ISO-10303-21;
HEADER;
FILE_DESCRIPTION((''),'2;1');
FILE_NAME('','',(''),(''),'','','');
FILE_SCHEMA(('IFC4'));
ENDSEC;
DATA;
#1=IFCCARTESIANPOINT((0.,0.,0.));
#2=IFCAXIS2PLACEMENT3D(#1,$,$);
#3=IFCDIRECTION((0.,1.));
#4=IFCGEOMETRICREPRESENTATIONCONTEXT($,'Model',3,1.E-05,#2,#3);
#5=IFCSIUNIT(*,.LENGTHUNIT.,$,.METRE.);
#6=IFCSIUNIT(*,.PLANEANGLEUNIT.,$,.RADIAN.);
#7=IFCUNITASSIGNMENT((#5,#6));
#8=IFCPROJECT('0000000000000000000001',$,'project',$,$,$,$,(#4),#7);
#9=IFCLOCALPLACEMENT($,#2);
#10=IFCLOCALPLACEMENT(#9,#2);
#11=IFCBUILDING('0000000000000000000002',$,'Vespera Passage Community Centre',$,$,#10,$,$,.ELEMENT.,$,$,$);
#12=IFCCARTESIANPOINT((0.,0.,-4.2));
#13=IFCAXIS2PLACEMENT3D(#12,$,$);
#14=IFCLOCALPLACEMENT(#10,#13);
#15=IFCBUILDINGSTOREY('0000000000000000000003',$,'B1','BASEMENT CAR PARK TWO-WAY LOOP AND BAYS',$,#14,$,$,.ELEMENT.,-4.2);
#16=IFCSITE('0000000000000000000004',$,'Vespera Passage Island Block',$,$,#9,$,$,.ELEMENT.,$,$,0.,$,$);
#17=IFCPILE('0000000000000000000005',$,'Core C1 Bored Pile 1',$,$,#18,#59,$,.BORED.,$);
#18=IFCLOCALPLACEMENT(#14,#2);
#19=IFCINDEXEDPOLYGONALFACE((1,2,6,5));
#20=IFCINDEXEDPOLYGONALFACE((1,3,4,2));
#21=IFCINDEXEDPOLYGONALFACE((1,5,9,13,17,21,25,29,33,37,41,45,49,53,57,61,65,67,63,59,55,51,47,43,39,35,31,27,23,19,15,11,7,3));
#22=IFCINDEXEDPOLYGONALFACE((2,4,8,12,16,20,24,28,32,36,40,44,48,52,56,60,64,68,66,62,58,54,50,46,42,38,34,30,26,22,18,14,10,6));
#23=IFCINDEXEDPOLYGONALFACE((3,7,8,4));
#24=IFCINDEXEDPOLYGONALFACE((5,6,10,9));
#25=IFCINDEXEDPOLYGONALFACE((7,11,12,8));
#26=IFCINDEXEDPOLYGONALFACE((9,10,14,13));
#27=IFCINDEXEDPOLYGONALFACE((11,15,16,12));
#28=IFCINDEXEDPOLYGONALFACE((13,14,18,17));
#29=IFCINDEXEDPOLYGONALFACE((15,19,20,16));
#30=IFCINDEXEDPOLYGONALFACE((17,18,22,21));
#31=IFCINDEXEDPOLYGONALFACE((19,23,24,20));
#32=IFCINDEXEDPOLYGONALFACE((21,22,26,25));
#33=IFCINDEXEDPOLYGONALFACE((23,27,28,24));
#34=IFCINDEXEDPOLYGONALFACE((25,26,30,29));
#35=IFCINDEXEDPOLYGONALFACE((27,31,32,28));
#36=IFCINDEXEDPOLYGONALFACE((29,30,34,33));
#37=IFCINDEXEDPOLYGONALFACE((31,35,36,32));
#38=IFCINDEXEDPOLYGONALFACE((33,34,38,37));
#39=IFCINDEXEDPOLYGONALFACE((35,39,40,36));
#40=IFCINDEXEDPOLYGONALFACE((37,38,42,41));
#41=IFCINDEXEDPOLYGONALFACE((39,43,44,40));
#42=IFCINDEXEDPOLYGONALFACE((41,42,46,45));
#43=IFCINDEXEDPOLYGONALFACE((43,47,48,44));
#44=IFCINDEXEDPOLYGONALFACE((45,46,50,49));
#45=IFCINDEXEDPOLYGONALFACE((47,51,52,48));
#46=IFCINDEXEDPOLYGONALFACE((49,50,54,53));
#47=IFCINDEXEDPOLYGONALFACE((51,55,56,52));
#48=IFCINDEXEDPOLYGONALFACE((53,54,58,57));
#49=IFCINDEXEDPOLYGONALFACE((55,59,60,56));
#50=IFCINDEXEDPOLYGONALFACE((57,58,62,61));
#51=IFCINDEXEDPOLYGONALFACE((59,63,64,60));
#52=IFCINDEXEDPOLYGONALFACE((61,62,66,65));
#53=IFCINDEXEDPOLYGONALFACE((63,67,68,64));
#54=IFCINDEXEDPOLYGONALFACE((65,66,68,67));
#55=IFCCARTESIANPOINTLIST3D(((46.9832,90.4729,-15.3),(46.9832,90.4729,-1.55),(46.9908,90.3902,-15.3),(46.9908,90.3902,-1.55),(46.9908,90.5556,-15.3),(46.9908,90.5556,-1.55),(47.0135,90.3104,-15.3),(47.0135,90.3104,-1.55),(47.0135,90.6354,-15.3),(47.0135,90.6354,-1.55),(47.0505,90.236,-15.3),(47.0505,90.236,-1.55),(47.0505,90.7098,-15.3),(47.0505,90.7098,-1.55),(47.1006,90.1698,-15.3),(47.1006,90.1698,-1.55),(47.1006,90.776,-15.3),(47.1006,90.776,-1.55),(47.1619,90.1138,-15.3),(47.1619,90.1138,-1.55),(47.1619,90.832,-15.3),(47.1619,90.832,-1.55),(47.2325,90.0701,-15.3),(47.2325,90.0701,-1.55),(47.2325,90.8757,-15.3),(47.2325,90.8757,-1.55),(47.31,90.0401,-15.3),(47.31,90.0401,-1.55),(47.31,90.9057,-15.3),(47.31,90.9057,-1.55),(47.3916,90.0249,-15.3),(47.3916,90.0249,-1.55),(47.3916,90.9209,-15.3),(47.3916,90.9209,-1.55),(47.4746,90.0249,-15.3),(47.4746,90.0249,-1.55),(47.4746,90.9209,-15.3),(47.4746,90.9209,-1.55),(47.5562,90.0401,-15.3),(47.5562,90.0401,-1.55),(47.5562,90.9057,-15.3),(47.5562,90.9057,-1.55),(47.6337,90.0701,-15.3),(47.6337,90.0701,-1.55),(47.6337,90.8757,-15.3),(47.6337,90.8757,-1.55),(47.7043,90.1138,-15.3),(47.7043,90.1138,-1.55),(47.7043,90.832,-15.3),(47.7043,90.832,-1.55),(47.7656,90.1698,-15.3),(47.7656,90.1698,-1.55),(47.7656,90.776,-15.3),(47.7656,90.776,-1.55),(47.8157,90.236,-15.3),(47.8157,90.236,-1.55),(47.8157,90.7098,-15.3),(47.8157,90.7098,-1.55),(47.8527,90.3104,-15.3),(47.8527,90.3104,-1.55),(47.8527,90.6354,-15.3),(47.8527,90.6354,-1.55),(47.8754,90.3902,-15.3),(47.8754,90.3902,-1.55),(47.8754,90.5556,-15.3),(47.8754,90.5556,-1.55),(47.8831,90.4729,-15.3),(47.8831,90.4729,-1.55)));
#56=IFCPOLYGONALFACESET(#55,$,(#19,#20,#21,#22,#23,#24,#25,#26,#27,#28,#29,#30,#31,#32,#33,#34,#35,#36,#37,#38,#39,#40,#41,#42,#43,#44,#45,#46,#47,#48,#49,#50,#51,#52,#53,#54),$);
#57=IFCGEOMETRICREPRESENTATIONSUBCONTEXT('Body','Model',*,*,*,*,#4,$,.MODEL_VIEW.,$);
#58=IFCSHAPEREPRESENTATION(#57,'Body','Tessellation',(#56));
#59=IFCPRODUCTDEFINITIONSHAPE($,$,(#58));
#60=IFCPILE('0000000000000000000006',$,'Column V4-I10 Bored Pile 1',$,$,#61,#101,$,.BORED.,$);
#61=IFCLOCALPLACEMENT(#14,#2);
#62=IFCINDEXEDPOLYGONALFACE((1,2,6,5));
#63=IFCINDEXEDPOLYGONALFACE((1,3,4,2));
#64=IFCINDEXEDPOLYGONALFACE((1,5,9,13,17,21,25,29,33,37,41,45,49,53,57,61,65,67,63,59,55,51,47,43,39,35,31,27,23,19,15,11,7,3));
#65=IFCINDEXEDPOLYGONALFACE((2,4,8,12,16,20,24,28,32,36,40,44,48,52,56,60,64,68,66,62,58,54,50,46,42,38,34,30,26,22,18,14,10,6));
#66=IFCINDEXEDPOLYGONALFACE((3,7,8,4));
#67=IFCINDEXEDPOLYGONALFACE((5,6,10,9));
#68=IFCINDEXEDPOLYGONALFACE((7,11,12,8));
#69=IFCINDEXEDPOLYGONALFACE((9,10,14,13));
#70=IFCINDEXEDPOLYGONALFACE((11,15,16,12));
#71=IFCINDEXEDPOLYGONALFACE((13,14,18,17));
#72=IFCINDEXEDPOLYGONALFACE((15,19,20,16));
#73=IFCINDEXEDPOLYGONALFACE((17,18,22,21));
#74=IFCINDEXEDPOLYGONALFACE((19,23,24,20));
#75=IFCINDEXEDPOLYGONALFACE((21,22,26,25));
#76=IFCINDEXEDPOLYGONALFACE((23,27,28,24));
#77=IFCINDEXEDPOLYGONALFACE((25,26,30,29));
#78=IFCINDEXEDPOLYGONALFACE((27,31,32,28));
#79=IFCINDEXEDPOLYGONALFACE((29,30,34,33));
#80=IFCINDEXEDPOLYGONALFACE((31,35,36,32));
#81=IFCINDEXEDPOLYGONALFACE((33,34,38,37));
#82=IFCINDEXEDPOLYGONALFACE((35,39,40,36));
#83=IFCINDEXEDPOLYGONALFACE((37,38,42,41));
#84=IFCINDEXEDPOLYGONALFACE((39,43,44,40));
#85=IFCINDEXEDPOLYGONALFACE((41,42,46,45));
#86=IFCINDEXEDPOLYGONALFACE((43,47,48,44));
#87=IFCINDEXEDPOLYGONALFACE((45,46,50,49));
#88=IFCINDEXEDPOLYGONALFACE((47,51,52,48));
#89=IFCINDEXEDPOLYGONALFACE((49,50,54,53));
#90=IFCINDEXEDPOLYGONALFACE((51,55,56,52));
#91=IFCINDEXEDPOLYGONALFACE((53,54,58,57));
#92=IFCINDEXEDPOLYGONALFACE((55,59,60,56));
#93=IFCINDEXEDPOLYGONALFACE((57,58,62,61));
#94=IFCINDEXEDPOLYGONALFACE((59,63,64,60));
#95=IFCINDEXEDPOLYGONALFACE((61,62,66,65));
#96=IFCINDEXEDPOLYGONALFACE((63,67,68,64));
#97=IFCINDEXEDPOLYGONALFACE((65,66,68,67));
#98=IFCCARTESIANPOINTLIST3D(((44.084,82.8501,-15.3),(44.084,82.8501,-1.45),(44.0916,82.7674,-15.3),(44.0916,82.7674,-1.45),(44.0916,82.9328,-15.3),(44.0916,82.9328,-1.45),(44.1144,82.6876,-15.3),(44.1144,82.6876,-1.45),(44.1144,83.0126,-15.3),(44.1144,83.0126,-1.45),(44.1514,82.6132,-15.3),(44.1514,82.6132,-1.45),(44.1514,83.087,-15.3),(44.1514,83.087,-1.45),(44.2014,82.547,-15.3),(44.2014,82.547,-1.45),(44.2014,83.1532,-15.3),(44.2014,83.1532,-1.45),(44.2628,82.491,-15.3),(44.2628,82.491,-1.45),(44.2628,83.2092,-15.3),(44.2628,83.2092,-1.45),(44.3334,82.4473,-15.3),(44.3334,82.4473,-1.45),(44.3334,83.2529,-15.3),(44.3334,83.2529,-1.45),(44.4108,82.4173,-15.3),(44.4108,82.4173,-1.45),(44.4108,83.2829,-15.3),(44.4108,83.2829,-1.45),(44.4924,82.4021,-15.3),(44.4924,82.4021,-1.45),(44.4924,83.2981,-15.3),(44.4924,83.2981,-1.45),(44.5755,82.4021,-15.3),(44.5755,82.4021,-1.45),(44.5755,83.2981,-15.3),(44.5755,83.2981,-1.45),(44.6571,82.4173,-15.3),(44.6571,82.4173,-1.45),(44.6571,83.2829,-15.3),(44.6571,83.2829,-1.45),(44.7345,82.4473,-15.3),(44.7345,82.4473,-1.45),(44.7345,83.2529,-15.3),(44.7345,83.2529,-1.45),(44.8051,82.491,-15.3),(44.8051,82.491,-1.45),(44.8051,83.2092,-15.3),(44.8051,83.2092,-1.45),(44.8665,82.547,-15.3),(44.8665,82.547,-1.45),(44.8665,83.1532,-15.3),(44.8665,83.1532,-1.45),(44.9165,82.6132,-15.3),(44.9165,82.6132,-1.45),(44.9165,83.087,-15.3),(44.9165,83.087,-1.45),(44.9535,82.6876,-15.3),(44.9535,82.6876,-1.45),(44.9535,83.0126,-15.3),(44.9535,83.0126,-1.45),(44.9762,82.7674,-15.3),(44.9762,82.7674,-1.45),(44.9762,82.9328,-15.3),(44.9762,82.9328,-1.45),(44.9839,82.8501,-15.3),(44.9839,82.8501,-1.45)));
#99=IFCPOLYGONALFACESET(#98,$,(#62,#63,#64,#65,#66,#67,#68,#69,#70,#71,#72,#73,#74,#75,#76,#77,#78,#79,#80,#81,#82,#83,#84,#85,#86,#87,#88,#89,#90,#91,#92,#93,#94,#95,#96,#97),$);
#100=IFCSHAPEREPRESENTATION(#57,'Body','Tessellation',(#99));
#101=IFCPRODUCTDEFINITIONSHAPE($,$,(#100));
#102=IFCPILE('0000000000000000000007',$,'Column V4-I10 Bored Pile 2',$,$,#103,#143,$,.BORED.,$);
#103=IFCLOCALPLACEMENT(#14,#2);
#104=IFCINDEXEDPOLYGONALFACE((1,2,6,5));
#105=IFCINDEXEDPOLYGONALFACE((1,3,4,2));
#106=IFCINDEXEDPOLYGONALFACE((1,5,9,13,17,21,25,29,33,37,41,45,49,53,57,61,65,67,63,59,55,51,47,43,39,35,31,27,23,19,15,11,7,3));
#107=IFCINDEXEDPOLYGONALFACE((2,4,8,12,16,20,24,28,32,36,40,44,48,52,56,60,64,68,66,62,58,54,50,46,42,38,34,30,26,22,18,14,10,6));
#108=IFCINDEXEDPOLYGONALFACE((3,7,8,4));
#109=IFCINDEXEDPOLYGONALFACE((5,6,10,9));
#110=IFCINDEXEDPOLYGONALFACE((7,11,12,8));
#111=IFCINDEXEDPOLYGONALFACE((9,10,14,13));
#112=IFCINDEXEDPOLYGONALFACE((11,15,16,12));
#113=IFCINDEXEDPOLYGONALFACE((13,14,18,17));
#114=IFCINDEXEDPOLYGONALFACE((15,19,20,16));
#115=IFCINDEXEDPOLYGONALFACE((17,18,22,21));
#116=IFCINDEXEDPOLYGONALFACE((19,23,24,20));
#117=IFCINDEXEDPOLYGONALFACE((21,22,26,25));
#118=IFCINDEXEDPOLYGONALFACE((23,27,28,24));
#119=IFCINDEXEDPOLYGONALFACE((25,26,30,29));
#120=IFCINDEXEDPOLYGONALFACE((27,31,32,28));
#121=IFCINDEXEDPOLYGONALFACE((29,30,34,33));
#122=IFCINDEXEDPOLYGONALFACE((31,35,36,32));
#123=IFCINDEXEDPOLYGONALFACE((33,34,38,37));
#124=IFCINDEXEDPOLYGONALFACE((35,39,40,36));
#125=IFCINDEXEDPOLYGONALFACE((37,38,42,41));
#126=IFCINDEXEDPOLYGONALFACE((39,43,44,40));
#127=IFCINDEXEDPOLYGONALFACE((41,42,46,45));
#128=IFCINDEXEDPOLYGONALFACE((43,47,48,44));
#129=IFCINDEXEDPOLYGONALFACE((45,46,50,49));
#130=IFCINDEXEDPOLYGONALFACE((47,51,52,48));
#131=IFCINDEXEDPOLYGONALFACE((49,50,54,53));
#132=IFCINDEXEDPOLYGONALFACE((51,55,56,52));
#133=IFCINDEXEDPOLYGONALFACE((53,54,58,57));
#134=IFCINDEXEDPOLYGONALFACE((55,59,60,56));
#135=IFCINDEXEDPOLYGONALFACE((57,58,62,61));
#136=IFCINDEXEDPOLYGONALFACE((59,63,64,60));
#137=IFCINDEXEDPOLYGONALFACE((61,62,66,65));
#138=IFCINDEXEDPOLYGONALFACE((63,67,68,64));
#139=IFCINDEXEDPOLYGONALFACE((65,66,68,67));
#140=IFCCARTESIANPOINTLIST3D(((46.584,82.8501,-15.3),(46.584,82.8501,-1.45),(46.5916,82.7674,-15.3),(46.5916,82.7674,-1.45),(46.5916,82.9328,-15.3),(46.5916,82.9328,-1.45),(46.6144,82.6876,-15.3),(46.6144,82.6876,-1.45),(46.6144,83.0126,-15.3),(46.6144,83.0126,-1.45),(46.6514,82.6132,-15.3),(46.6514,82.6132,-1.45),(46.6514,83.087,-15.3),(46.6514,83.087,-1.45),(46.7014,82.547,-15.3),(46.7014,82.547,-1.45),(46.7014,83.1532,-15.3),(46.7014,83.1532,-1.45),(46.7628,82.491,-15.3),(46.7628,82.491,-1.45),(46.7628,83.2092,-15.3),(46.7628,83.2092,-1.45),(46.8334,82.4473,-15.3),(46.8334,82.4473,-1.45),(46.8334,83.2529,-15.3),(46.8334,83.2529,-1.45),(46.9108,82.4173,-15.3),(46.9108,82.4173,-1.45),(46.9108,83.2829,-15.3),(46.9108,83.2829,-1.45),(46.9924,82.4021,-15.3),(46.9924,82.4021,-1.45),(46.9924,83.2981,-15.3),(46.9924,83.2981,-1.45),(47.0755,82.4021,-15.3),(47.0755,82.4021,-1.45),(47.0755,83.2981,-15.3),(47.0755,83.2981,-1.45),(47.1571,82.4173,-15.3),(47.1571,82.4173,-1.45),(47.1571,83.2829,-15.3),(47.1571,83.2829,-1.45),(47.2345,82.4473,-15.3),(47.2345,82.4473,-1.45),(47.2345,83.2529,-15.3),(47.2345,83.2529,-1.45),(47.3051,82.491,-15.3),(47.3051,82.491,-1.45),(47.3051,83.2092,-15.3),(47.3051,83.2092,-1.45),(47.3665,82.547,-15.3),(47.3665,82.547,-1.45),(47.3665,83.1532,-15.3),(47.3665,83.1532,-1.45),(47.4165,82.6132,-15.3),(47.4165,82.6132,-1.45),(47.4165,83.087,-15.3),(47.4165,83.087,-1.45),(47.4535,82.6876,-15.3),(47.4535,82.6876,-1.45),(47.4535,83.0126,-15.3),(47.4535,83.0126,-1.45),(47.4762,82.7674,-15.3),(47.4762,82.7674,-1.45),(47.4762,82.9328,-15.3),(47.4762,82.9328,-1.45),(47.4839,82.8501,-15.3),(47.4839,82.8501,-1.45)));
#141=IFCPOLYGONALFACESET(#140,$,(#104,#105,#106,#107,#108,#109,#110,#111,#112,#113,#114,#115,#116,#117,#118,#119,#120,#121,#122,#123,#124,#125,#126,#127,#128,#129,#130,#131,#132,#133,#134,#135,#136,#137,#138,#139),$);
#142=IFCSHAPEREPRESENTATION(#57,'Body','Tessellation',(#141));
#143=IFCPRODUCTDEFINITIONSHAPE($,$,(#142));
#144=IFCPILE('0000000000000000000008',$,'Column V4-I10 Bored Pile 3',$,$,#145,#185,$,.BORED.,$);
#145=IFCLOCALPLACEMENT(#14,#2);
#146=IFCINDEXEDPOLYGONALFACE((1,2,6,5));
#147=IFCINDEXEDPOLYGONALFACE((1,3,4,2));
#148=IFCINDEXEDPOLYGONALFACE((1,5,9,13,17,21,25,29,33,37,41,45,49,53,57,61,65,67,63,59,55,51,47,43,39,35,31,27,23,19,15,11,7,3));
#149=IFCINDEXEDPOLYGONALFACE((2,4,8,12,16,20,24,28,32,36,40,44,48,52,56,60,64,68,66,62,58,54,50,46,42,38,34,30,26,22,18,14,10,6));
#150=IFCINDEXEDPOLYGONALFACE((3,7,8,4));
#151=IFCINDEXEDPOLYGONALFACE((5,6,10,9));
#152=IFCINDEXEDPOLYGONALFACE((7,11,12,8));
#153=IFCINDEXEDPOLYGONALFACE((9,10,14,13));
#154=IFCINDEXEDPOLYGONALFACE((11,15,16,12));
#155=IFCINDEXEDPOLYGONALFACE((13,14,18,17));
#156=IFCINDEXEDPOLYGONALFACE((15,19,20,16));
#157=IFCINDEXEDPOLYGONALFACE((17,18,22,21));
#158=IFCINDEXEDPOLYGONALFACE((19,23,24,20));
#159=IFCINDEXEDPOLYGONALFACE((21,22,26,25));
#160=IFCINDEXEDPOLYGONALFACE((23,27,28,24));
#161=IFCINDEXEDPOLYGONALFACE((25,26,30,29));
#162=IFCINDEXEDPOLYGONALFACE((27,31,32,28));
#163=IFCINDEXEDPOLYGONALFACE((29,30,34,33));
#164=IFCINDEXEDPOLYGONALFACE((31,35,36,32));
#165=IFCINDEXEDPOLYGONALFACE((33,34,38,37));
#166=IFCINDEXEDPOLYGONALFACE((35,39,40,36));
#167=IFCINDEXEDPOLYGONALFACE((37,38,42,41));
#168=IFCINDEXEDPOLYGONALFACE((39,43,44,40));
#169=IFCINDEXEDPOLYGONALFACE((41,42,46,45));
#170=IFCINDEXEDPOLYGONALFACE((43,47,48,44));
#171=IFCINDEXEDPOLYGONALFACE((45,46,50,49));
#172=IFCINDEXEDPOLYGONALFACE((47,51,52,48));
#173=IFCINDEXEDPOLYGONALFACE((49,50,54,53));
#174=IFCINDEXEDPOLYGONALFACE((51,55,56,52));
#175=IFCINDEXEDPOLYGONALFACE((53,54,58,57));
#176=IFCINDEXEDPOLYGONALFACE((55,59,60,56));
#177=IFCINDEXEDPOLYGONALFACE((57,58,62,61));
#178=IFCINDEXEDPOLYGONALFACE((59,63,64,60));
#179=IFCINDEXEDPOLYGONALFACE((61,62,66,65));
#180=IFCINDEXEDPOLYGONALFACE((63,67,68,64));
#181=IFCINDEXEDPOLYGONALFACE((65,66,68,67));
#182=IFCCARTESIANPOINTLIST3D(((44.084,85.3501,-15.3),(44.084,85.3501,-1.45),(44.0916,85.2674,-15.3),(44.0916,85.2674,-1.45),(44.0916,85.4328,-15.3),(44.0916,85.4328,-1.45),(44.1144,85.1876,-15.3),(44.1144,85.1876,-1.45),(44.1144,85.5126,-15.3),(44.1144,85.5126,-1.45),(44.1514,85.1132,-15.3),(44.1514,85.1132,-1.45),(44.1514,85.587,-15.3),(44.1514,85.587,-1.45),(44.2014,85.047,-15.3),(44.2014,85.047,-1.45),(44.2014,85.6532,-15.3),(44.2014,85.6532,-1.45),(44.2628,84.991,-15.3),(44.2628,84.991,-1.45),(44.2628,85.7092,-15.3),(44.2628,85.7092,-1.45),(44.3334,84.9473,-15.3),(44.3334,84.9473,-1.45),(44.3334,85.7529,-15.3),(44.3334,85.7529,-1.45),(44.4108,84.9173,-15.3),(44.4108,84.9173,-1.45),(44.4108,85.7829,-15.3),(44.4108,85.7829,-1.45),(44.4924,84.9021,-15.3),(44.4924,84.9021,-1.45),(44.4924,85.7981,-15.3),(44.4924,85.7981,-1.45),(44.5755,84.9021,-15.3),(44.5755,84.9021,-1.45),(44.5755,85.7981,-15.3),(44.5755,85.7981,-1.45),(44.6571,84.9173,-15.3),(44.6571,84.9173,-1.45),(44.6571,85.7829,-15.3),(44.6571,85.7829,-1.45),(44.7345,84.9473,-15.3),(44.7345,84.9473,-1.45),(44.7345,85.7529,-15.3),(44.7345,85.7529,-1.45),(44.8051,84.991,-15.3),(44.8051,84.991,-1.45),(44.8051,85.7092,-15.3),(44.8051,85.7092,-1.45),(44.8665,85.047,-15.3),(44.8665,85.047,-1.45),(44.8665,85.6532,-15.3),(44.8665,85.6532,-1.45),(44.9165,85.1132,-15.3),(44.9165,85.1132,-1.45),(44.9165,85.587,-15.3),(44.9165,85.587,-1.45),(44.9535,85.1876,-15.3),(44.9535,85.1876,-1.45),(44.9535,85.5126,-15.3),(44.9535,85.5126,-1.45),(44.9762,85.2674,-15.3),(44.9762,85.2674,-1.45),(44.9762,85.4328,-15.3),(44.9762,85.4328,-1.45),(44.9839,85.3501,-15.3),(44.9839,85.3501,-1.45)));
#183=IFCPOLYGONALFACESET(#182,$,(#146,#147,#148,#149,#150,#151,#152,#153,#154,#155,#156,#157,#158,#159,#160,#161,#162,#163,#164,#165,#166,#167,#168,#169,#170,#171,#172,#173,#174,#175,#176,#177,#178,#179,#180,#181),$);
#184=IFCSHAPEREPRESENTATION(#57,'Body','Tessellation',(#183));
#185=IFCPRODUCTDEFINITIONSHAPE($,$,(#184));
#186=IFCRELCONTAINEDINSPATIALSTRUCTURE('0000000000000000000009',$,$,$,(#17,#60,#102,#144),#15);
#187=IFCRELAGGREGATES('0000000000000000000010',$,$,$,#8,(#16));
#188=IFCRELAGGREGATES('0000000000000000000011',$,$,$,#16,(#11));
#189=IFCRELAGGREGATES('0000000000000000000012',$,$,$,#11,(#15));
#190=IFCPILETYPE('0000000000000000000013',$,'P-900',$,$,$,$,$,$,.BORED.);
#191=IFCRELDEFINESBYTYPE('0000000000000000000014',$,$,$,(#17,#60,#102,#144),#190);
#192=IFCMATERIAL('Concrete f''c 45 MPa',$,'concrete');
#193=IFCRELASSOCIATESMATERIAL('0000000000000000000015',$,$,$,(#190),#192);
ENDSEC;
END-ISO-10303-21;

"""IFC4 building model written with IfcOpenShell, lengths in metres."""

from ifc_helpers import new_model, si_unit, direction, frame, origin, origin_2d, place, context, subcontext, project, spatial, circle, extrude, material, material_profile, profile_set, type_object, element, save


model = new_model("IFC4")

# Units and contexts
model_context = context("Model", 3, precision=1e-05, world=origin(), true_north=direction((0.0, 1.0)))
body_context = subcontext(model_context, "Body", "Model", "MODEL_VIEW")
ifc_project = project(units=[si_unit("LENGTHUNIT", "METRE"), si_unit("PLANEANGLEUNIT", "RADIAN")], contexts=[model_context])

# Site, building, storey
site_placement = place(None, origin())
site = spatial("IfcSite", under=ifc_project, at=site_placement, Name="Vespera Passage Island Block", CompositionType="ELEMENT", RefElevation=0.0)
building_placement = place(site_placement, origin())
building = spatial("IfcBuilding", under=site, at=building_placement, Name="Vespera Passage Community Centre", CompositionType="ELEMENT")
storey_placement = place(building_placement, frame((0.0, 0.0, -4.2)))
storey = spatial("IfcBuildingStorey", under=building, at=storey_placement, Name="B1", Description="BASEMENT CAR PARK TWO-WAY LOOP AND BAYS", CompositionType="ELEMENT", Elevation=-4.2)

# Piles
ifc_material_1 = material(Name="Concrete f'c 45 MPa", Category="concrete")
ifc_material_profile_1 = material_profile(ifc_material_1, circle(Radius=0.45, at=origin_2d()), Name="PILE900DIA")
ifc_profile_set_1 = profile_set([ifc_material_profile_1], Name="Concrete f'c 45 MPa")
pile_type = type_object("IfcPileType", Name="P-900", PredefinedType="BORED", material=ifc_profile_set_1)
pile_placement = place(storey_placement, frame((47.4331, 90.4729, -1.55), z_axis=(0.0, 0.0, -1.0), x_axis=(1.0, 0.0, 0.0)))
element("IfcPile", 1, at=pile_placement, inside=storey, type_object=pile_type, Name="Core C1 Bored Pile 1", PredefinedType="BORED", context=body_context, shape_type="SweptSolid", body=[
    extrude(circle(Radius=0.45, at=origin_2d()), origin(), (0.0, 0.0, 1.0), 13.75),
])
for number, where, z_axis, x_axis, name in (
    (2, (44.5339, 82.8501, -1.45), (0.0, 0.0, -1.0), (1.0, 0.0, 0.0), "Column V4-I10 Bored Pile 1"),
    (3, (47.0339, 82.8501, -1.45), (0.0, 0.0, -1.0), (1.0, 0.0, 0.0), "Column V4-I10 Bored Pile 2"),
    (4, (44.5339, 85.3501, -1.45), (0.0, 0.0, -1.0), (1.0, 0.0, 0.0), "Column V4-I10 Bored Pile 3"),
):
    element("IfcPile", number, at=place(storey_placement, frame(where, z_axis=z_axis, x_axis=x_axis)), inside=storey, type_object=pile_type, Name=name, PredefinedType="BORED", context=body_context, shape_type="SweptSolid", body=[
        extrude(circle(Radius=0.45, at=origin_2d()), origin(), (0.0, 0.0, 1.0), 13.8501),
    ])

save(model, "model.ifc")
